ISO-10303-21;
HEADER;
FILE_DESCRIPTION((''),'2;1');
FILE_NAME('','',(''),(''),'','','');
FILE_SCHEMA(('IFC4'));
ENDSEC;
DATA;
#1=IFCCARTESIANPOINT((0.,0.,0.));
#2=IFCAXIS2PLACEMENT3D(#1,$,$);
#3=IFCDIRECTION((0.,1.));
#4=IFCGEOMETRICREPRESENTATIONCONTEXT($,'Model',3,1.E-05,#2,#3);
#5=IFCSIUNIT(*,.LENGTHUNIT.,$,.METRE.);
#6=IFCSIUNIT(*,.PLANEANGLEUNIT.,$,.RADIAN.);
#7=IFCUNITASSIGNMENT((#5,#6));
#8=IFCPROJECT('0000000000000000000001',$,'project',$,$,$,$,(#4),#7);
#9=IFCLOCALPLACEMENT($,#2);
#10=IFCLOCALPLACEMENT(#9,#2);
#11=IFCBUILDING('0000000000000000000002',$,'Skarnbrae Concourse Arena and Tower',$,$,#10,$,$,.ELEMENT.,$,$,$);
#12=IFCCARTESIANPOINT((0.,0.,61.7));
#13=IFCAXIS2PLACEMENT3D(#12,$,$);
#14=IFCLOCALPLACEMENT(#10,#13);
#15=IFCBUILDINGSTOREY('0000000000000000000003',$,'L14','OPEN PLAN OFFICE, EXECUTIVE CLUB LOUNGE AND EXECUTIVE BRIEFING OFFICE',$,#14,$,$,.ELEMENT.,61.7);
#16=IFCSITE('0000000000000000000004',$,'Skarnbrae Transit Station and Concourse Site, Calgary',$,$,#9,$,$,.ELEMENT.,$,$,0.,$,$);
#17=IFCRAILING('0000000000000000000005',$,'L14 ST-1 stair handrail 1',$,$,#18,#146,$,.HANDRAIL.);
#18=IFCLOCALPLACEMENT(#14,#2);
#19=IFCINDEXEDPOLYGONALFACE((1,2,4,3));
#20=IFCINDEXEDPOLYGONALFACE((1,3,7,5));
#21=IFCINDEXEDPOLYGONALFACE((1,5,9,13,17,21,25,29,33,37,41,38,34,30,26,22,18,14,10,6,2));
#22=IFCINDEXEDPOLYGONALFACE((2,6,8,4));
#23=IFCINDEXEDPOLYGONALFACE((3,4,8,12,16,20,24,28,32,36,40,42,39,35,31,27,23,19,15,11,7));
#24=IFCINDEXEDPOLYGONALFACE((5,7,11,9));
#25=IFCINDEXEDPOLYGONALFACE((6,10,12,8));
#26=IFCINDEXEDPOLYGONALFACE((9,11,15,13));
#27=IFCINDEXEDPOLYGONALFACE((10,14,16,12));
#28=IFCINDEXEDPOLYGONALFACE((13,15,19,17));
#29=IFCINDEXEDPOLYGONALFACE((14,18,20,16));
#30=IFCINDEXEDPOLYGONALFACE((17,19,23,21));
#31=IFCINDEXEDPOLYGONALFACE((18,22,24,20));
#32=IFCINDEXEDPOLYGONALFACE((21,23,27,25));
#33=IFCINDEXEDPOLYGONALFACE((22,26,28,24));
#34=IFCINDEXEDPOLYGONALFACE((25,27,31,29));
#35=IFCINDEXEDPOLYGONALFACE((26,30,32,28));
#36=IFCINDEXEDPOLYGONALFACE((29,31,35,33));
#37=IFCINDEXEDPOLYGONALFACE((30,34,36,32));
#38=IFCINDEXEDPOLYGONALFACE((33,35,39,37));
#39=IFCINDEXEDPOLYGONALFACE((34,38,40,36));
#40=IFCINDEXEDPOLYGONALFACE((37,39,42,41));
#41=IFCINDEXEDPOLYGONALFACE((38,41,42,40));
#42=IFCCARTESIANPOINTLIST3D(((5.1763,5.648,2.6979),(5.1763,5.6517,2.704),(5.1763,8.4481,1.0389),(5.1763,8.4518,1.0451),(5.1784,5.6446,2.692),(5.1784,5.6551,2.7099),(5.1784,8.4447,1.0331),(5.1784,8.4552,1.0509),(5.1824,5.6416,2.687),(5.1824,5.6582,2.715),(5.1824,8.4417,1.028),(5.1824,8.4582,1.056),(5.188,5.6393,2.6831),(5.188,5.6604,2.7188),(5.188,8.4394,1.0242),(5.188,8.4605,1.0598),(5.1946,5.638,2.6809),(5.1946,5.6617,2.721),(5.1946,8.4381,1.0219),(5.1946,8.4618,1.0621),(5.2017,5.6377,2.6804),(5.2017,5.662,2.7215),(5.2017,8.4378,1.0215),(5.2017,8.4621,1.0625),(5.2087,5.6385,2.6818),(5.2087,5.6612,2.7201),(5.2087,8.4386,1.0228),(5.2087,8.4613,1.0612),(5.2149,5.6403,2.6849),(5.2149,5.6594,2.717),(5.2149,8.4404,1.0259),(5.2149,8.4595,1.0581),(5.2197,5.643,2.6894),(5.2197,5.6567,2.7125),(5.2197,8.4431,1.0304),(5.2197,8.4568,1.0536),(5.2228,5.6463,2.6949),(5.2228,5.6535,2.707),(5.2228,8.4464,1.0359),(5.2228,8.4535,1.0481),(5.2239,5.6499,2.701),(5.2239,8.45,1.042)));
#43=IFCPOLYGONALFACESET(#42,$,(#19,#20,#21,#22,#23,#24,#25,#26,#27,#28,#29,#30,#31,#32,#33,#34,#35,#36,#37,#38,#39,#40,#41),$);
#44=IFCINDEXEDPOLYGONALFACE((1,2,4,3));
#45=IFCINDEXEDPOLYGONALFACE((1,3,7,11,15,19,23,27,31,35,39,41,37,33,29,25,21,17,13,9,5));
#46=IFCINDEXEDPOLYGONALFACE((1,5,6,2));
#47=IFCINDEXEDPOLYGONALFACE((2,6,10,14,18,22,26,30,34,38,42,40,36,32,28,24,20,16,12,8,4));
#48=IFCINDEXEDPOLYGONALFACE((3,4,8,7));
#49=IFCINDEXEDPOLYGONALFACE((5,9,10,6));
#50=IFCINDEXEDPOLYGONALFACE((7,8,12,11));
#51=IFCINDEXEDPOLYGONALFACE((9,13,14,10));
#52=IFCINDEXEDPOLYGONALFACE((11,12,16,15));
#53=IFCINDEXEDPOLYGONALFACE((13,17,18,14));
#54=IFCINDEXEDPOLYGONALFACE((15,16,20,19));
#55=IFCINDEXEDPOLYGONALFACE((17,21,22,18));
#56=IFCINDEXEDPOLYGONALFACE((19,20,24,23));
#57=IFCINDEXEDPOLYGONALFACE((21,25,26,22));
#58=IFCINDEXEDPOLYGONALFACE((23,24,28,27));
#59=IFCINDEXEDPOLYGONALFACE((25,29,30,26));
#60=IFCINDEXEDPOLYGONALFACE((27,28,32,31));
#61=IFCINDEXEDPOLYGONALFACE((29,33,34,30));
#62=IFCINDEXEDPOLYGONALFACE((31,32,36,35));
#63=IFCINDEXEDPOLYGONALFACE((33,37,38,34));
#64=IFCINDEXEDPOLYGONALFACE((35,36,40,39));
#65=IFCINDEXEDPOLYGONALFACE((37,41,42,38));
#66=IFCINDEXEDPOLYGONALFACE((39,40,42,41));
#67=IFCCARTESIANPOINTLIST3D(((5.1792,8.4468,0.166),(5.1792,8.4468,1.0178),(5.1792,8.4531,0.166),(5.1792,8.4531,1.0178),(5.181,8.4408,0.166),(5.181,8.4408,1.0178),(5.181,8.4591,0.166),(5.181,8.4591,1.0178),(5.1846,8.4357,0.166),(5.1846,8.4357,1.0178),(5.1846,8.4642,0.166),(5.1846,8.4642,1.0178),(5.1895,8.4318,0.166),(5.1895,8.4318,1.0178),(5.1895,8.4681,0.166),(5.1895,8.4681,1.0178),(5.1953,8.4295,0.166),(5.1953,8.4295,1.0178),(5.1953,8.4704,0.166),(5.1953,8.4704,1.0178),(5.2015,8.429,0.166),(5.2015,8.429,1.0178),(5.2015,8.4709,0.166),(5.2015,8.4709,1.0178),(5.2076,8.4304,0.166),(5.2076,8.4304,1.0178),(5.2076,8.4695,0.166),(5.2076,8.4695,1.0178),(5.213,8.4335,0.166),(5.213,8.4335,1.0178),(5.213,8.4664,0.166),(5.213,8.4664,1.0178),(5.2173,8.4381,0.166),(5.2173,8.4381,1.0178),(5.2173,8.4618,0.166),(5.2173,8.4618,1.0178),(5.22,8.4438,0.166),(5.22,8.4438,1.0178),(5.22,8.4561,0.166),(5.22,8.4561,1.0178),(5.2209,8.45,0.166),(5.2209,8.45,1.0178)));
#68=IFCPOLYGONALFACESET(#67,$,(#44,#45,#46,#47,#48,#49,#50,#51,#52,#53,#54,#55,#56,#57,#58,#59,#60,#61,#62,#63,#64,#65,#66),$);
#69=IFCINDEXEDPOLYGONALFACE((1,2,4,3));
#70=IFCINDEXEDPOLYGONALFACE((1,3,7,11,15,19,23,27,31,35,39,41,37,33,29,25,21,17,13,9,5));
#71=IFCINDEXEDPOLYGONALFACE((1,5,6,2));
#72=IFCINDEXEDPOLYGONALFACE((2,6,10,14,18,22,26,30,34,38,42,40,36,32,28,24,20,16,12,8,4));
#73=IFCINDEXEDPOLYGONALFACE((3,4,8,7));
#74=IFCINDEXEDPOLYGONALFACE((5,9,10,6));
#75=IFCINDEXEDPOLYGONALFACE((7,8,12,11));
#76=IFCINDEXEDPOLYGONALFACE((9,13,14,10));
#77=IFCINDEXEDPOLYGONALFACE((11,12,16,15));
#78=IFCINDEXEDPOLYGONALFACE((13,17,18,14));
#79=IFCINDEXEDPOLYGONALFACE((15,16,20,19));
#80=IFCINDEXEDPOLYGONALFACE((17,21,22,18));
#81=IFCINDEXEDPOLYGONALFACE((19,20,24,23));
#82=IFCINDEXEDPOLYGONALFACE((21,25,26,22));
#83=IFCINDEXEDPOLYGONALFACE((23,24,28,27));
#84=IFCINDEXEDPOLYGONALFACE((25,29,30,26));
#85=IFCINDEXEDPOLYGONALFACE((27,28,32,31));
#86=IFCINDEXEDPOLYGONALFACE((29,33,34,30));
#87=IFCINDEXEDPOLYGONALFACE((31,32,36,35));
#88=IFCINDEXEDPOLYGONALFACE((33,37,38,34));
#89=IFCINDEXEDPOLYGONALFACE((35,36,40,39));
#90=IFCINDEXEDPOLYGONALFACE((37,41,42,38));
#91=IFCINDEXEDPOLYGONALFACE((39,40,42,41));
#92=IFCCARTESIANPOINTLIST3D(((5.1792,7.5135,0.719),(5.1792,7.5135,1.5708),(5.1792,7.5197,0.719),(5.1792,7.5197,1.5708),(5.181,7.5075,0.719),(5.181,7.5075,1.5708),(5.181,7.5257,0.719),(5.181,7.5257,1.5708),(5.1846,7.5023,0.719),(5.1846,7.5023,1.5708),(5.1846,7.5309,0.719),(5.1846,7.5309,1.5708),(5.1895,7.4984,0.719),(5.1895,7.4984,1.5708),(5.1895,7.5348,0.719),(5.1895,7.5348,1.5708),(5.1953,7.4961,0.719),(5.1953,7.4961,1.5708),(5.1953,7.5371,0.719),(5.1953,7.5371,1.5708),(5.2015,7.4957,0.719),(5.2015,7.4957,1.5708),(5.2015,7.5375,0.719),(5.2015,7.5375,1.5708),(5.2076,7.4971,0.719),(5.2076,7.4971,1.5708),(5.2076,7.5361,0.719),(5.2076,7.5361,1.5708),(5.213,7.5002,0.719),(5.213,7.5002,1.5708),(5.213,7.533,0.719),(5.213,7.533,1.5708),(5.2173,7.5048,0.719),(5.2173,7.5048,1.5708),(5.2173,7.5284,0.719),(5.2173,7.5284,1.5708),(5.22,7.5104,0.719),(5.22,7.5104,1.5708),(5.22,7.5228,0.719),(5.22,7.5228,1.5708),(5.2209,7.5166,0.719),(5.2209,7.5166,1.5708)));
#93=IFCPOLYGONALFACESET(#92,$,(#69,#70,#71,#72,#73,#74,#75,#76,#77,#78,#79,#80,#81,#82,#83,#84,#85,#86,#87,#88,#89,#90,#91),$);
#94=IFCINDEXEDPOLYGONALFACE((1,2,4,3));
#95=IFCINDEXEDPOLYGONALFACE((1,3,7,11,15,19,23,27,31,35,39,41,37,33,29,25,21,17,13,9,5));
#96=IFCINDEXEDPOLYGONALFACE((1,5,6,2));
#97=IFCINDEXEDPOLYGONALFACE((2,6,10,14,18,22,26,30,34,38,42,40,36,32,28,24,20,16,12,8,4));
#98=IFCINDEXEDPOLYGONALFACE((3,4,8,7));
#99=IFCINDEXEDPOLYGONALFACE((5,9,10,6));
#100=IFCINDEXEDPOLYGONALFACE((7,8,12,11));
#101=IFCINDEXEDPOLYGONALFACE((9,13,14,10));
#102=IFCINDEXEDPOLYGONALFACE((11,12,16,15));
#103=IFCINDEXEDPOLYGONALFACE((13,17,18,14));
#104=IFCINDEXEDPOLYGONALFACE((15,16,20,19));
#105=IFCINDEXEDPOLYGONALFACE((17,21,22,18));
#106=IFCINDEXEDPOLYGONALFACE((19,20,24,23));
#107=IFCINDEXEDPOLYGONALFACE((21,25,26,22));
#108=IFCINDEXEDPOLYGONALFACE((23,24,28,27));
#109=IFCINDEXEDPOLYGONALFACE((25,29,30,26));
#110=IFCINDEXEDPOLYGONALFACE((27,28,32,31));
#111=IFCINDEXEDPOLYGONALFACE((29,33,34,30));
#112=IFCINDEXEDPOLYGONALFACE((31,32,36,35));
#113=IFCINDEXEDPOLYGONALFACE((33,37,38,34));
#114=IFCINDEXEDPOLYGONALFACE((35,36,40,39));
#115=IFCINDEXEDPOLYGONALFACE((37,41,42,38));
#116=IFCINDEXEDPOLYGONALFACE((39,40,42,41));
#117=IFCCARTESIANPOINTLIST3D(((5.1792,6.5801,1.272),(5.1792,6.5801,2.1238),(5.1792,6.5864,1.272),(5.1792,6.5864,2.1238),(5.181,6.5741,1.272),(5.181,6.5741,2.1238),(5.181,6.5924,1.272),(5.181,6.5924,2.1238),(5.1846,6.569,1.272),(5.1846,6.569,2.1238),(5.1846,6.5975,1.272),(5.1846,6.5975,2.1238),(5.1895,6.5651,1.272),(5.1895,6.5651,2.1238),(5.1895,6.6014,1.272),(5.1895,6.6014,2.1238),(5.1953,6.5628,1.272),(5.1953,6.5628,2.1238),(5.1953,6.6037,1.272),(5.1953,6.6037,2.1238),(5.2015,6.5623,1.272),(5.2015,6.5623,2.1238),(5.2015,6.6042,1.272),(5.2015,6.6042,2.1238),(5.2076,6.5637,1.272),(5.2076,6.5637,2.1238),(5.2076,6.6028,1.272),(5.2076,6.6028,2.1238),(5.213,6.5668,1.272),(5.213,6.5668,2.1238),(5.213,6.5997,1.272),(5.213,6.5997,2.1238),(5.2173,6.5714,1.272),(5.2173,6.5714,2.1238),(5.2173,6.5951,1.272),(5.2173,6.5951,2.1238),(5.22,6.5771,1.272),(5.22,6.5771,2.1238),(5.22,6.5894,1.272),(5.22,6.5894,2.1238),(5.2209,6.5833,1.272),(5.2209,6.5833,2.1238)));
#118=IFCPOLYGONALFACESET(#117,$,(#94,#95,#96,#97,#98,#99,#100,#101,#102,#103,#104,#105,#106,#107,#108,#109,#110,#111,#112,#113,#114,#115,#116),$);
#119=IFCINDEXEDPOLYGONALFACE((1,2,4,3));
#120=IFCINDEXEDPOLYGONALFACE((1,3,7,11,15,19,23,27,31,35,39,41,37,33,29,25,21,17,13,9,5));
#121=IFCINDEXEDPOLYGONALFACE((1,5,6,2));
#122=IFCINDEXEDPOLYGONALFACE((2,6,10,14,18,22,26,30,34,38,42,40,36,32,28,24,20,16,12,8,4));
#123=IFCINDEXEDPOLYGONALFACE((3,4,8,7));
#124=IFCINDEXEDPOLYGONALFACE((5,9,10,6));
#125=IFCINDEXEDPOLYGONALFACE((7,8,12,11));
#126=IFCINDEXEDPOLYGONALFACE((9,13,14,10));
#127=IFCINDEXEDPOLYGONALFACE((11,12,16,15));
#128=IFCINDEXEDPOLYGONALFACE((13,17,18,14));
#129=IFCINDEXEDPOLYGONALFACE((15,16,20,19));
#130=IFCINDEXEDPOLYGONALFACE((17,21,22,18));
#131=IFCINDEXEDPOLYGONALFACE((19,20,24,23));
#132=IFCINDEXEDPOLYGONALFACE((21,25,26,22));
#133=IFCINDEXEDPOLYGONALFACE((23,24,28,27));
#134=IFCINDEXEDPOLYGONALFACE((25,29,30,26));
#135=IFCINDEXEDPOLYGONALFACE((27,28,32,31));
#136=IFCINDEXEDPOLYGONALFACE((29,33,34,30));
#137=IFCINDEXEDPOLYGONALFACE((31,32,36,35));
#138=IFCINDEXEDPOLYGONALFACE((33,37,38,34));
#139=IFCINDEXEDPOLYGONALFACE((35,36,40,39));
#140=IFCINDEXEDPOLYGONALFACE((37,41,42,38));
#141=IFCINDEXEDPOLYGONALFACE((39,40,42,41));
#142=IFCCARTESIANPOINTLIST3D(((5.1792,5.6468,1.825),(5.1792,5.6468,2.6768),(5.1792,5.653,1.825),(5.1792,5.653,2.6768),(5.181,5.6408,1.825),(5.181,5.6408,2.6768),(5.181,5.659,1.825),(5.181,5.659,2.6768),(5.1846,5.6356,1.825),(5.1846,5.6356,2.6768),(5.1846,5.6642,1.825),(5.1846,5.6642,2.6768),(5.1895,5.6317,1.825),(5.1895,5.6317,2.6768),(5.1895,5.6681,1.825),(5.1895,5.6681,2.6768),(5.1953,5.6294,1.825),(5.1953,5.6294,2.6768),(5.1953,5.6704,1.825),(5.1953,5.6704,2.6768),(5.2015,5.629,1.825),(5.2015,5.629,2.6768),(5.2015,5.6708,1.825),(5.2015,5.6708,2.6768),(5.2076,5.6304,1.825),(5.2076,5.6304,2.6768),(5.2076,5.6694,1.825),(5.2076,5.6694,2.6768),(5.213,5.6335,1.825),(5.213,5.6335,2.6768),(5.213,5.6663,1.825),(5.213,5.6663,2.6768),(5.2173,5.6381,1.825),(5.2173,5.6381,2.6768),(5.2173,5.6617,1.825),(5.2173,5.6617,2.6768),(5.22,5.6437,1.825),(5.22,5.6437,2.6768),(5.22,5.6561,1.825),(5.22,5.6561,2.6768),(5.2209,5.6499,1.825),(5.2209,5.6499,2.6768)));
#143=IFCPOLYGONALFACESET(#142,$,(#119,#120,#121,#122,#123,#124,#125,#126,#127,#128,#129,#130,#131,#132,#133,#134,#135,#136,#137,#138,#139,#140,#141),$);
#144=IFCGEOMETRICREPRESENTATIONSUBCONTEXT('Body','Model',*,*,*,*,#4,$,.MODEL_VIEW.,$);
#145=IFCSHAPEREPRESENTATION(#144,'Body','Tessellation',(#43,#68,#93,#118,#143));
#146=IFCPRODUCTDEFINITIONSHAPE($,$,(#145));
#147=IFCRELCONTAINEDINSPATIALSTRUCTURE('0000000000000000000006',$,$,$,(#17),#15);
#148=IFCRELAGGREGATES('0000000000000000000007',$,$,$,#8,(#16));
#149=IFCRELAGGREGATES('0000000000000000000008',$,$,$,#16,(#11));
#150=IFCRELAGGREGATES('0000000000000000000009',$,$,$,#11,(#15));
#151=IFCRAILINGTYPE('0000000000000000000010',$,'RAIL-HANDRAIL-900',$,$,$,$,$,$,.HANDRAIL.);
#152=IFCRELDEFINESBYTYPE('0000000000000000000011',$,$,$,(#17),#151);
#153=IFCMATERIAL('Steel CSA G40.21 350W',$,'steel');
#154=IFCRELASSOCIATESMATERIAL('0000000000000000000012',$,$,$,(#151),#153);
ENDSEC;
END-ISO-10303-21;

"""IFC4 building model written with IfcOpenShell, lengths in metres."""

from ifc_helpers import new_model, si_unit, direction, frame, origin, origin_2d, place, context, subcontext, project, spatial, circle, extrude, material, type_object, element, save


model = new_model("IFC4")

# Units and contexts
model_context = context("Model", 3, precision=1e-05, world=origin(), true_north=direction((0.0, 1.0)))
body_context = subcontext(model_context, "Body", "Model", "MODEL_VIEW")
ifc_project = project(units=[si_unit("LENGTHUNIT", "METRE"), si_unit("PLANEANGLEUNIT", "RADIAN")], contexts=[model_context])

# Site, building, storey
site_placement = place(None, origin())
site = spatial("IfcSite", under=ifc_project, at=site_placement, Name="Skarnbrae Transit Station and Concourse Site, Calgary", CompositionType="ELEMENT", RefElevation=0.0)
building_placement = place(site_placement, origin())
building = spatial("IfcBuilding", under=site, at=building_placement, Name="Skarnbrae Concourse Arena and Tower", CompositionType="ELEMENT")
storey_placement = place(building_placement, frame((0.0, 0.0, 61.7)))
storey = spatial("IfcBuildingStorey", under=building, at=storey_placement, Name="L14", Description="OPEN PLAN OFFICE, EXECUTIVE CLUB LOUNGE AND EXECUTIVE BRIEFING OFFICE", CompositionType="ELEMENT", Elevation=61.7)

# Shared definitions
ifc_material_1 = material(Name="Steel CSA G40.21 350W", Category="steel")

# Railing
railing_type_1 = type_object("IfcRailingType", Name="RAIL-HANDRAIL-900", PredefinedType="HANDRAIL", material=ifc_material_1)
railing_1_placement = place(storey_placement, frame((5.2, 8.45, 0.166)))
element("IfcRailing", 1, at=railing_1_placement, inside=storey, type_object=railing_type_1, Name="L14 ST-1 stair handrail 1", PredefinedType="HANDRAIL", context=body_context, shape_type="SweptSolid", body=[
    extrude(circle(Radius=0.0239, at=origin_2d()), frame((0.0, 0.0, 0.876), z_axis=(0.0, -0.860339, 0.509722), x_axis=(1.0, 0.0, 0.0)), (0.0, 0.0, 1.0), 3.2546),
    extrude(circle(Radius=0.021, at=origin_2d()), origin(), (0.0, 0.0, 1.0), 0.8518),
    extrude(circle(Radius=0.021, at=origin_2d()), frame((0.0, -0.9333, 0.553)), (0.0, 0.0, 1.0), 0.8518),
    extrude(circle(Radius=0.021, at=origin_2d()), frame((0.0, -1.8667, 1.106)), (0.0, 0.0, 1.0), 0.8518),
    extrude(circle(Radius=0.021, at=origin_2d()), frame((0.0, -2.8, 1.6589)), (0.0, 0.0, 1.0), 0.8518),
])

save(model, "model.ifc")
